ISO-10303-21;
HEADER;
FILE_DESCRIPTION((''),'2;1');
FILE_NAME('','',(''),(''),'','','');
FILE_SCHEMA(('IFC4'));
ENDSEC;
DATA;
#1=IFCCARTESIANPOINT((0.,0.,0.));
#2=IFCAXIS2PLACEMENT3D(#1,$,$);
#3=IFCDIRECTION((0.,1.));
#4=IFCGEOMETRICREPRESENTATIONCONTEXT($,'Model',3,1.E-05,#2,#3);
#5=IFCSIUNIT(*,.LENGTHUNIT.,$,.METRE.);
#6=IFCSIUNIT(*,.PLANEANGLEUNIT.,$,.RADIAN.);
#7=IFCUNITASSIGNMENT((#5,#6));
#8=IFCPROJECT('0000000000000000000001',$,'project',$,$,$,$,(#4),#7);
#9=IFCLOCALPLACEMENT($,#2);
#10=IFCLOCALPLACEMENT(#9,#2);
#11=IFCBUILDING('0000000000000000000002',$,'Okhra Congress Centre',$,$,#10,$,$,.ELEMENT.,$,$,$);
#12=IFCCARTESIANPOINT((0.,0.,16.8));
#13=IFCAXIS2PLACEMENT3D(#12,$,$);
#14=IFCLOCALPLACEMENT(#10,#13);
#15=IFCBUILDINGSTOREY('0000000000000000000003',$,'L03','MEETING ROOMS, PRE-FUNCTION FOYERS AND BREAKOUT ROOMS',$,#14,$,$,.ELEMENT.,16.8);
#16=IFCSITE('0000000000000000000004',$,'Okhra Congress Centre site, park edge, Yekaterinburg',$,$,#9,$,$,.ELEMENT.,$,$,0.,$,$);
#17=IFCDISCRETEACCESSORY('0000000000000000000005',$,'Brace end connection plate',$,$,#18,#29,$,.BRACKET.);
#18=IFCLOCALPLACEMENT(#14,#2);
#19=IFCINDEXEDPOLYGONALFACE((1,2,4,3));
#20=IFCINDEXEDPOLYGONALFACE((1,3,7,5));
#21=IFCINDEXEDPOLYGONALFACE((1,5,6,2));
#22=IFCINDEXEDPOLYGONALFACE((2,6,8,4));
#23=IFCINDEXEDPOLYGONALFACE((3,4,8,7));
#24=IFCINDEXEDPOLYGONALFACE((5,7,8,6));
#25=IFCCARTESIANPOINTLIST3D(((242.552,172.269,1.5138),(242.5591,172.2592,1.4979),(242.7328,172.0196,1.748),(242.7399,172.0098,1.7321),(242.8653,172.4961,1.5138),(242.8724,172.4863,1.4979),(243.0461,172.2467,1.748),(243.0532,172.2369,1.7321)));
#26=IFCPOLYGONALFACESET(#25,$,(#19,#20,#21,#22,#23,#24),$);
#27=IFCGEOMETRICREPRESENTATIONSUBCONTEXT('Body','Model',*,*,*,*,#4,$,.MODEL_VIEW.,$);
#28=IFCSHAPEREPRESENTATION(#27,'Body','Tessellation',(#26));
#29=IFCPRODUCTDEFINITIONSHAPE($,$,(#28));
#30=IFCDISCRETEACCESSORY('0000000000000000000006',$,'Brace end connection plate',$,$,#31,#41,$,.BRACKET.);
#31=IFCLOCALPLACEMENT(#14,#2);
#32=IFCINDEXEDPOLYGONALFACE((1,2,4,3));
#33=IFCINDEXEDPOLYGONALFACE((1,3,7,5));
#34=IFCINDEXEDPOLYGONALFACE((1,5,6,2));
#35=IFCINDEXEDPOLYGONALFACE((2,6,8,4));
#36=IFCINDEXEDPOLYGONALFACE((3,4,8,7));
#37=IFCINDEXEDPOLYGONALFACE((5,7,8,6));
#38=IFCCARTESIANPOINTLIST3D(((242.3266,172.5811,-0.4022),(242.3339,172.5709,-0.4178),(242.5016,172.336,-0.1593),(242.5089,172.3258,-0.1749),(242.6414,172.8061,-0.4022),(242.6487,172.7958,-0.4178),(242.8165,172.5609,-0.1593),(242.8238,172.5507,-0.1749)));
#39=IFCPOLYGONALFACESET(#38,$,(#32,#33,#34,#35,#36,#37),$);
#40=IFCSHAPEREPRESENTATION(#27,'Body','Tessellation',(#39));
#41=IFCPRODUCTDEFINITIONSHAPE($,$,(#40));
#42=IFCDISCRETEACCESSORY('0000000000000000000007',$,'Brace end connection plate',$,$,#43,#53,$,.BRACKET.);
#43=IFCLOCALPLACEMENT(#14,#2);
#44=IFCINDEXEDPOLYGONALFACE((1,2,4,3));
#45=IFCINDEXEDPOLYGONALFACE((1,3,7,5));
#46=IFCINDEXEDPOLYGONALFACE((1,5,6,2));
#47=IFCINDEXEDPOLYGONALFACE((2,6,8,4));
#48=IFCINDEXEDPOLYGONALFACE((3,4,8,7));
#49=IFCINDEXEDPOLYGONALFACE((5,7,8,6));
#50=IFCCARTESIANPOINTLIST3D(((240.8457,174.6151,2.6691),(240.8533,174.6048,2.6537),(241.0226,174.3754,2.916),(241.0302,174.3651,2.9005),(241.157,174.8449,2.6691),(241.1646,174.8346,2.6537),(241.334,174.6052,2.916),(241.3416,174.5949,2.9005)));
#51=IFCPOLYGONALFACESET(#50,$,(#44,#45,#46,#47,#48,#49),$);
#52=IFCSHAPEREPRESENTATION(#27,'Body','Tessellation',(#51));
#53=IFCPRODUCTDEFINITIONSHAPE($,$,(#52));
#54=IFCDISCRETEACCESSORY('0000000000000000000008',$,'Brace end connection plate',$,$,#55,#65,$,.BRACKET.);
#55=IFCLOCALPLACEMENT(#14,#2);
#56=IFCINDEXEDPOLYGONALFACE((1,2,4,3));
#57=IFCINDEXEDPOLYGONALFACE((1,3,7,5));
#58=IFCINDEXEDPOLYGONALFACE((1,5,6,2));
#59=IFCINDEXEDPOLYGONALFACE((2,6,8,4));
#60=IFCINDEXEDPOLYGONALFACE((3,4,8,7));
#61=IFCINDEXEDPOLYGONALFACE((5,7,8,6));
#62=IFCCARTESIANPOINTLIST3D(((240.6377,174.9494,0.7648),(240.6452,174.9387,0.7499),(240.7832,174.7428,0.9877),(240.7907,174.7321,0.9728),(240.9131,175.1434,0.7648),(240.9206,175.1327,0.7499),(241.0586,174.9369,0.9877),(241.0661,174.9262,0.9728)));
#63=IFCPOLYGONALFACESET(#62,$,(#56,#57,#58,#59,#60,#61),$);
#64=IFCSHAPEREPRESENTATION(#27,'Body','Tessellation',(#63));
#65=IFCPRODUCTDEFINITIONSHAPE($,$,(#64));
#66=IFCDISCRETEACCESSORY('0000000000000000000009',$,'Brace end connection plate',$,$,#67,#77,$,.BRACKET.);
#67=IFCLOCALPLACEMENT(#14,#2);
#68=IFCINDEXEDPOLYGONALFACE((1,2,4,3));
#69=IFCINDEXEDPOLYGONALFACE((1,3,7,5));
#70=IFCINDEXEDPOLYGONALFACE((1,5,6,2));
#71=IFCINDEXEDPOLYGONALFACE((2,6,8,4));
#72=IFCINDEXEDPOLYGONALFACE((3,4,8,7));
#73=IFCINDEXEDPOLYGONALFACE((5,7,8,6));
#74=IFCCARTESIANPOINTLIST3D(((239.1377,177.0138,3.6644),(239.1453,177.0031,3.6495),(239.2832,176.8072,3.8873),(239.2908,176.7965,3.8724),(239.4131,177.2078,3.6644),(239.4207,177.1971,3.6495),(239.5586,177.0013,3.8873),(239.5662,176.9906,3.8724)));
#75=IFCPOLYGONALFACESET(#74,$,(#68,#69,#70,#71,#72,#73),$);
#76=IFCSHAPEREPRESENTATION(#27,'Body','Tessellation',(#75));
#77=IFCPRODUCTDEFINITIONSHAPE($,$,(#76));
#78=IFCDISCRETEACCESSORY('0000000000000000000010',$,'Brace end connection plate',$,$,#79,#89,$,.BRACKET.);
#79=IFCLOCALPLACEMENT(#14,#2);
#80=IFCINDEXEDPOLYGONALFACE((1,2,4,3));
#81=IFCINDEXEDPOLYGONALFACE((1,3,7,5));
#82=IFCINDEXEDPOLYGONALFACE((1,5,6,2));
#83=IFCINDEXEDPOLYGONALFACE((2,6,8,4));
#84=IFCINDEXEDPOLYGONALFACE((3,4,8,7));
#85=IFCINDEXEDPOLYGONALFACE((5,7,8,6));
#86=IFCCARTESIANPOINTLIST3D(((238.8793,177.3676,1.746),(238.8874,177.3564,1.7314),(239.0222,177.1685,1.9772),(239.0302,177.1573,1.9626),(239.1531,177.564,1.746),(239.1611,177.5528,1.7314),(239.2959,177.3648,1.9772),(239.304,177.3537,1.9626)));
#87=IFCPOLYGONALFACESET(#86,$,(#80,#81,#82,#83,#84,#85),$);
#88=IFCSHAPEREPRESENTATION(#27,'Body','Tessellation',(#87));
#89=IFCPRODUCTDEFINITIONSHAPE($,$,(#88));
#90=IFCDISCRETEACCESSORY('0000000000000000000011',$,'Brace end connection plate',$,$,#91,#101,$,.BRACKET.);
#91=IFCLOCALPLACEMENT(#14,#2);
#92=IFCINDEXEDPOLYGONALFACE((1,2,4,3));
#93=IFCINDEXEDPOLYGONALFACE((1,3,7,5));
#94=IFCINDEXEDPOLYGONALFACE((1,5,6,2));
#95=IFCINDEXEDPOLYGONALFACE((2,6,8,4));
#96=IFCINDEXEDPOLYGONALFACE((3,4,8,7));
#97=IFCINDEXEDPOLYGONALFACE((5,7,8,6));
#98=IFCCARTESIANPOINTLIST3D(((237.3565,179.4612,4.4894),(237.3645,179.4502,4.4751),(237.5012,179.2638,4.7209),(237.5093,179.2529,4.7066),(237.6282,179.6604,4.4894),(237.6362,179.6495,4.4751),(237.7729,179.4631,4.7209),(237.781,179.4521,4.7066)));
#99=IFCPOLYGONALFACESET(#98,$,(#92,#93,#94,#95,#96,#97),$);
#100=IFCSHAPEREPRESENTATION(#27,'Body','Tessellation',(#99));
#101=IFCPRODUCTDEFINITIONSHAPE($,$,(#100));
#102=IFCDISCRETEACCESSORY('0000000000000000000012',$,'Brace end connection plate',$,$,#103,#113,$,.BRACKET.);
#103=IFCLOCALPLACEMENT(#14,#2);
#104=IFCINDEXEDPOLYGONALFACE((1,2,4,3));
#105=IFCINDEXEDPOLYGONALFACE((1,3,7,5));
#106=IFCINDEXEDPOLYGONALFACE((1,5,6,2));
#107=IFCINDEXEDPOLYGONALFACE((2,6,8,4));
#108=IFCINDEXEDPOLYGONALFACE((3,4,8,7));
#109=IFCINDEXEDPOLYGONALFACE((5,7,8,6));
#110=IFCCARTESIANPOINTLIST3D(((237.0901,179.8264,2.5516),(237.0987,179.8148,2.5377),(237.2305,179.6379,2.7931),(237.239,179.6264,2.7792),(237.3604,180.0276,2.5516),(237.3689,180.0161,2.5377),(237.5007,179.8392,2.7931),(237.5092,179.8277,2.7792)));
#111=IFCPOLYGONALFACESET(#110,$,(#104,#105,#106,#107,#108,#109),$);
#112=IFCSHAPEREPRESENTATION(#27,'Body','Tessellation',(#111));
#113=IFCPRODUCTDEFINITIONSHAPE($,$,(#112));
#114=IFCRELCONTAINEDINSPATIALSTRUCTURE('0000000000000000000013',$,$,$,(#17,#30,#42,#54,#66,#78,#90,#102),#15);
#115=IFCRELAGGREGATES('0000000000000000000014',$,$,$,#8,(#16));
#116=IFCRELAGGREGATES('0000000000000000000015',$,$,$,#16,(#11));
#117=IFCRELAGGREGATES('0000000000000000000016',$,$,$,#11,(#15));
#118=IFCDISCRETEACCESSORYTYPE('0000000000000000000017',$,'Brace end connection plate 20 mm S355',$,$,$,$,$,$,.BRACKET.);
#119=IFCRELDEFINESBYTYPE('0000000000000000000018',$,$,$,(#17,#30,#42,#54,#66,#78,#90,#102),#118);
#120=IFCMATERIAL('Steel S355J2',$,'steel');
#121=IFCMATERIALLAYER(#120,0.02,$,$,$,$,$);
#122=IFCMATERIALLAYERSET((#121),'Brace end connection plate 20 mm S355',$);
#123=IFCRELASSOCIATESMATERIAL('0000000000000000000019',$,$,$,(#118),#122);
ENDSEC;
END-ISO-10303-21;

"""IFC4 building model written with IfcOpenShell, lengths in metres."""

from ifc_helpers import new_model, si_unit, direction, frame, origin, origin_2d, place, context, subcontext, project, spatial, rectangle, extrude, material, layer, layer_set, type_object, element, save


model = new_model("IFC4")

# Units and contexts
model_context = context("Model", 3, precision=1e-05, world=origin(), true_north=direction((0.0, 1.0)))
body_context = subcontext(model_context, "Body", "Model", "MODEL_VIEW")
ifc_project = project(units=[si_unit("LENGTHUNIT", "METRE"), si_unit("PLANEANGLEUNIT", "RADIAN")], contexts=[model_context])

# Site, building, storey
site_placement = place(None, origin())
site = spatial("IfcSite", under=ifc_project, at=site_placement, Name="Okhra Congress Centre site, park edge, Yekaterinburg", CompositionType="ELEMENT", RefElevation=0.0)
building_placement = place(site_placement, origin())
building = spatial("IfcBuilding", under=site, at=building_placement, Name="Okhra Congress Centre", CompositionType="ELEMENT")
storey_placement = place(building_placement, frame((0.0, 0.0, 16.8)))
storey = spatial("IfcBuildingStorey", under=building, at=storey_placement, Name="L03", Description="MEETING ROOMS, PRE-FUNCTION FOYERS AND BREAKOUT ROOMS", CompositionType="ELEMENT", Elevation=16.8)

# Shared definitions
ifc_material_1 = material(Name="Steel S355J2", Category="steel")

# Discrete accessories
ifc_layer = layer(ifc_material_1, 0.02)
ifc_layer_set = layer_set([ifc_layer], Name="Brace end connection plate 20 mm S355")
discrete_accessory_type = type_object("IfcDiscreteAccessoryType", Name="Brace end connection plate 20 mm S355", PredefinedType="BRACKET", material=ifc_layer_set)
for number, where, z_axis, x_axis, name in (
    (1, (242.8062, 172.248, 1.615), (-0.355194, 0.489922, 0.796124), (-0.80961, -0.586968, 0.0), "Brace end connection plate"),
    (2, (242.5715, 172.571, -0.2808), (0.364878, -0.510829, -0.778407), (0.813733, 0.581238, 0.0), "Brace end connection plate"),
    (3, (241.0974, 174.5999, 2.7771), (-0.378895, 0.513342, 0.770012), (-0.804574, -0.593852, 0.0), "Brace end connection plate"),
):
    element("IfcDiscreteAccessory", number, at=place(storey_placement, frame(where, z_axis=z_axis, x_axis=x_axis)), inside=storey, type_object=discrete_accessory_type, Name=name, PredefinedType="BRACKET", context=body_context, shape_type="SweptSolid", body=[
        extrude(rectangle(XDim=0.387, YDim=0.387, at=origin_2d()), origin(), (0.0, 0.0, 1.0), 0.02),
    ])
for number, where, z_axis, x_axis, name in (
    (4, (240.8481, 174.9431, 0.8762), (0.381064, -0.540866, -0.749836), (0.817482, 0.575954, 0.0), "Brace end connection plate"),
    (5, (239.3557, 176.9968, 3.761), (-0.381064, 0.540866, 0.749836), (-0.817482, -0.575954, 0.0), "Brace end connection plate"),
):
    element("IfcDiscreteAccessory", number, at=place(storey_placement, frame(where, z_axis=z_axis, x_axis=x_axis)), inside=storey, type_object=discrete_accessory_type, Name=name, PredefinedType="BRACKET", context=body_context, shape_type="SweptSolid", body=[
        extrude(rectangle(XDim=0.3369, YDim=0.3369, at=origin_2d()), origin(), (0.0, 0.0, 1.0), 0.0198),
    ])
discrete_accessory_1_placement = place(storey_placement, frame((239.0876, 177.3662, 1.8616), z_axis=(0.400037, -0.557627, -0.72734), x_axis=(0.812538, 0.582908, 0.0)))
element("IfcDiscreteAccessory", 6, at=discrete_accessory_1_placement, inside=storey, type_object=discrete_accessory_type, Name="Brace end connection plate", PredefinedType="BRACKET", context=body_context, shape_type="SweptSolid", body=[
    extrude(rectangle(XDim=0.3369, YDim=0.3369, at=origin_2d()), origin(), (0.0, 0.0, 1.0), 0.02),
])
discrete_accessory_2_placement = place(storey_placement, frame((237.5728, 179.4512, 4.5908), z_axis=(-0.406356, 0.554122, 0.726515), x_axis=(-0.806405, -0.591364, 0.0)))
element("IfcDiscreteAccessory", 7, at=discrete_accessory_2_placement, inside=storey, type_object=discrete_accessory_type, Name="Brace end connection plate", PredefinedType="BRACKET", context=body_context, shape_type="SweptSolid", body=[
    extrude(rectangle(XDim=0.3369, YDim=0.3369, at=origin_2d()), origin(), (0.0, 0.0, 1.0), 0.0198),
])
discrete_accessory_3_placement = place(storey_placement, frame((237.2954, 179.8328, 2.6724), z_axis=(0.428137, -0.574926, -0.697251), x_axis=(0.802043, 0.597266, 0.0)))
element("IfcDiscreteAccessory", 8, at=discrete_accessory_3_placement, inside=storey, type_object=discrete_accessory_type, Name="Brace end connection plate", PredefinedType="BRACKET", context=body_context, shape_type="SweptSolid", body=[
    extrude(rectangle(XDim=0.3369, YDim=0.3369, at=origin_2d()), origin(), (0.0, 0.0, 1.0), 0.02),
])

save(model, "model.ifc")
